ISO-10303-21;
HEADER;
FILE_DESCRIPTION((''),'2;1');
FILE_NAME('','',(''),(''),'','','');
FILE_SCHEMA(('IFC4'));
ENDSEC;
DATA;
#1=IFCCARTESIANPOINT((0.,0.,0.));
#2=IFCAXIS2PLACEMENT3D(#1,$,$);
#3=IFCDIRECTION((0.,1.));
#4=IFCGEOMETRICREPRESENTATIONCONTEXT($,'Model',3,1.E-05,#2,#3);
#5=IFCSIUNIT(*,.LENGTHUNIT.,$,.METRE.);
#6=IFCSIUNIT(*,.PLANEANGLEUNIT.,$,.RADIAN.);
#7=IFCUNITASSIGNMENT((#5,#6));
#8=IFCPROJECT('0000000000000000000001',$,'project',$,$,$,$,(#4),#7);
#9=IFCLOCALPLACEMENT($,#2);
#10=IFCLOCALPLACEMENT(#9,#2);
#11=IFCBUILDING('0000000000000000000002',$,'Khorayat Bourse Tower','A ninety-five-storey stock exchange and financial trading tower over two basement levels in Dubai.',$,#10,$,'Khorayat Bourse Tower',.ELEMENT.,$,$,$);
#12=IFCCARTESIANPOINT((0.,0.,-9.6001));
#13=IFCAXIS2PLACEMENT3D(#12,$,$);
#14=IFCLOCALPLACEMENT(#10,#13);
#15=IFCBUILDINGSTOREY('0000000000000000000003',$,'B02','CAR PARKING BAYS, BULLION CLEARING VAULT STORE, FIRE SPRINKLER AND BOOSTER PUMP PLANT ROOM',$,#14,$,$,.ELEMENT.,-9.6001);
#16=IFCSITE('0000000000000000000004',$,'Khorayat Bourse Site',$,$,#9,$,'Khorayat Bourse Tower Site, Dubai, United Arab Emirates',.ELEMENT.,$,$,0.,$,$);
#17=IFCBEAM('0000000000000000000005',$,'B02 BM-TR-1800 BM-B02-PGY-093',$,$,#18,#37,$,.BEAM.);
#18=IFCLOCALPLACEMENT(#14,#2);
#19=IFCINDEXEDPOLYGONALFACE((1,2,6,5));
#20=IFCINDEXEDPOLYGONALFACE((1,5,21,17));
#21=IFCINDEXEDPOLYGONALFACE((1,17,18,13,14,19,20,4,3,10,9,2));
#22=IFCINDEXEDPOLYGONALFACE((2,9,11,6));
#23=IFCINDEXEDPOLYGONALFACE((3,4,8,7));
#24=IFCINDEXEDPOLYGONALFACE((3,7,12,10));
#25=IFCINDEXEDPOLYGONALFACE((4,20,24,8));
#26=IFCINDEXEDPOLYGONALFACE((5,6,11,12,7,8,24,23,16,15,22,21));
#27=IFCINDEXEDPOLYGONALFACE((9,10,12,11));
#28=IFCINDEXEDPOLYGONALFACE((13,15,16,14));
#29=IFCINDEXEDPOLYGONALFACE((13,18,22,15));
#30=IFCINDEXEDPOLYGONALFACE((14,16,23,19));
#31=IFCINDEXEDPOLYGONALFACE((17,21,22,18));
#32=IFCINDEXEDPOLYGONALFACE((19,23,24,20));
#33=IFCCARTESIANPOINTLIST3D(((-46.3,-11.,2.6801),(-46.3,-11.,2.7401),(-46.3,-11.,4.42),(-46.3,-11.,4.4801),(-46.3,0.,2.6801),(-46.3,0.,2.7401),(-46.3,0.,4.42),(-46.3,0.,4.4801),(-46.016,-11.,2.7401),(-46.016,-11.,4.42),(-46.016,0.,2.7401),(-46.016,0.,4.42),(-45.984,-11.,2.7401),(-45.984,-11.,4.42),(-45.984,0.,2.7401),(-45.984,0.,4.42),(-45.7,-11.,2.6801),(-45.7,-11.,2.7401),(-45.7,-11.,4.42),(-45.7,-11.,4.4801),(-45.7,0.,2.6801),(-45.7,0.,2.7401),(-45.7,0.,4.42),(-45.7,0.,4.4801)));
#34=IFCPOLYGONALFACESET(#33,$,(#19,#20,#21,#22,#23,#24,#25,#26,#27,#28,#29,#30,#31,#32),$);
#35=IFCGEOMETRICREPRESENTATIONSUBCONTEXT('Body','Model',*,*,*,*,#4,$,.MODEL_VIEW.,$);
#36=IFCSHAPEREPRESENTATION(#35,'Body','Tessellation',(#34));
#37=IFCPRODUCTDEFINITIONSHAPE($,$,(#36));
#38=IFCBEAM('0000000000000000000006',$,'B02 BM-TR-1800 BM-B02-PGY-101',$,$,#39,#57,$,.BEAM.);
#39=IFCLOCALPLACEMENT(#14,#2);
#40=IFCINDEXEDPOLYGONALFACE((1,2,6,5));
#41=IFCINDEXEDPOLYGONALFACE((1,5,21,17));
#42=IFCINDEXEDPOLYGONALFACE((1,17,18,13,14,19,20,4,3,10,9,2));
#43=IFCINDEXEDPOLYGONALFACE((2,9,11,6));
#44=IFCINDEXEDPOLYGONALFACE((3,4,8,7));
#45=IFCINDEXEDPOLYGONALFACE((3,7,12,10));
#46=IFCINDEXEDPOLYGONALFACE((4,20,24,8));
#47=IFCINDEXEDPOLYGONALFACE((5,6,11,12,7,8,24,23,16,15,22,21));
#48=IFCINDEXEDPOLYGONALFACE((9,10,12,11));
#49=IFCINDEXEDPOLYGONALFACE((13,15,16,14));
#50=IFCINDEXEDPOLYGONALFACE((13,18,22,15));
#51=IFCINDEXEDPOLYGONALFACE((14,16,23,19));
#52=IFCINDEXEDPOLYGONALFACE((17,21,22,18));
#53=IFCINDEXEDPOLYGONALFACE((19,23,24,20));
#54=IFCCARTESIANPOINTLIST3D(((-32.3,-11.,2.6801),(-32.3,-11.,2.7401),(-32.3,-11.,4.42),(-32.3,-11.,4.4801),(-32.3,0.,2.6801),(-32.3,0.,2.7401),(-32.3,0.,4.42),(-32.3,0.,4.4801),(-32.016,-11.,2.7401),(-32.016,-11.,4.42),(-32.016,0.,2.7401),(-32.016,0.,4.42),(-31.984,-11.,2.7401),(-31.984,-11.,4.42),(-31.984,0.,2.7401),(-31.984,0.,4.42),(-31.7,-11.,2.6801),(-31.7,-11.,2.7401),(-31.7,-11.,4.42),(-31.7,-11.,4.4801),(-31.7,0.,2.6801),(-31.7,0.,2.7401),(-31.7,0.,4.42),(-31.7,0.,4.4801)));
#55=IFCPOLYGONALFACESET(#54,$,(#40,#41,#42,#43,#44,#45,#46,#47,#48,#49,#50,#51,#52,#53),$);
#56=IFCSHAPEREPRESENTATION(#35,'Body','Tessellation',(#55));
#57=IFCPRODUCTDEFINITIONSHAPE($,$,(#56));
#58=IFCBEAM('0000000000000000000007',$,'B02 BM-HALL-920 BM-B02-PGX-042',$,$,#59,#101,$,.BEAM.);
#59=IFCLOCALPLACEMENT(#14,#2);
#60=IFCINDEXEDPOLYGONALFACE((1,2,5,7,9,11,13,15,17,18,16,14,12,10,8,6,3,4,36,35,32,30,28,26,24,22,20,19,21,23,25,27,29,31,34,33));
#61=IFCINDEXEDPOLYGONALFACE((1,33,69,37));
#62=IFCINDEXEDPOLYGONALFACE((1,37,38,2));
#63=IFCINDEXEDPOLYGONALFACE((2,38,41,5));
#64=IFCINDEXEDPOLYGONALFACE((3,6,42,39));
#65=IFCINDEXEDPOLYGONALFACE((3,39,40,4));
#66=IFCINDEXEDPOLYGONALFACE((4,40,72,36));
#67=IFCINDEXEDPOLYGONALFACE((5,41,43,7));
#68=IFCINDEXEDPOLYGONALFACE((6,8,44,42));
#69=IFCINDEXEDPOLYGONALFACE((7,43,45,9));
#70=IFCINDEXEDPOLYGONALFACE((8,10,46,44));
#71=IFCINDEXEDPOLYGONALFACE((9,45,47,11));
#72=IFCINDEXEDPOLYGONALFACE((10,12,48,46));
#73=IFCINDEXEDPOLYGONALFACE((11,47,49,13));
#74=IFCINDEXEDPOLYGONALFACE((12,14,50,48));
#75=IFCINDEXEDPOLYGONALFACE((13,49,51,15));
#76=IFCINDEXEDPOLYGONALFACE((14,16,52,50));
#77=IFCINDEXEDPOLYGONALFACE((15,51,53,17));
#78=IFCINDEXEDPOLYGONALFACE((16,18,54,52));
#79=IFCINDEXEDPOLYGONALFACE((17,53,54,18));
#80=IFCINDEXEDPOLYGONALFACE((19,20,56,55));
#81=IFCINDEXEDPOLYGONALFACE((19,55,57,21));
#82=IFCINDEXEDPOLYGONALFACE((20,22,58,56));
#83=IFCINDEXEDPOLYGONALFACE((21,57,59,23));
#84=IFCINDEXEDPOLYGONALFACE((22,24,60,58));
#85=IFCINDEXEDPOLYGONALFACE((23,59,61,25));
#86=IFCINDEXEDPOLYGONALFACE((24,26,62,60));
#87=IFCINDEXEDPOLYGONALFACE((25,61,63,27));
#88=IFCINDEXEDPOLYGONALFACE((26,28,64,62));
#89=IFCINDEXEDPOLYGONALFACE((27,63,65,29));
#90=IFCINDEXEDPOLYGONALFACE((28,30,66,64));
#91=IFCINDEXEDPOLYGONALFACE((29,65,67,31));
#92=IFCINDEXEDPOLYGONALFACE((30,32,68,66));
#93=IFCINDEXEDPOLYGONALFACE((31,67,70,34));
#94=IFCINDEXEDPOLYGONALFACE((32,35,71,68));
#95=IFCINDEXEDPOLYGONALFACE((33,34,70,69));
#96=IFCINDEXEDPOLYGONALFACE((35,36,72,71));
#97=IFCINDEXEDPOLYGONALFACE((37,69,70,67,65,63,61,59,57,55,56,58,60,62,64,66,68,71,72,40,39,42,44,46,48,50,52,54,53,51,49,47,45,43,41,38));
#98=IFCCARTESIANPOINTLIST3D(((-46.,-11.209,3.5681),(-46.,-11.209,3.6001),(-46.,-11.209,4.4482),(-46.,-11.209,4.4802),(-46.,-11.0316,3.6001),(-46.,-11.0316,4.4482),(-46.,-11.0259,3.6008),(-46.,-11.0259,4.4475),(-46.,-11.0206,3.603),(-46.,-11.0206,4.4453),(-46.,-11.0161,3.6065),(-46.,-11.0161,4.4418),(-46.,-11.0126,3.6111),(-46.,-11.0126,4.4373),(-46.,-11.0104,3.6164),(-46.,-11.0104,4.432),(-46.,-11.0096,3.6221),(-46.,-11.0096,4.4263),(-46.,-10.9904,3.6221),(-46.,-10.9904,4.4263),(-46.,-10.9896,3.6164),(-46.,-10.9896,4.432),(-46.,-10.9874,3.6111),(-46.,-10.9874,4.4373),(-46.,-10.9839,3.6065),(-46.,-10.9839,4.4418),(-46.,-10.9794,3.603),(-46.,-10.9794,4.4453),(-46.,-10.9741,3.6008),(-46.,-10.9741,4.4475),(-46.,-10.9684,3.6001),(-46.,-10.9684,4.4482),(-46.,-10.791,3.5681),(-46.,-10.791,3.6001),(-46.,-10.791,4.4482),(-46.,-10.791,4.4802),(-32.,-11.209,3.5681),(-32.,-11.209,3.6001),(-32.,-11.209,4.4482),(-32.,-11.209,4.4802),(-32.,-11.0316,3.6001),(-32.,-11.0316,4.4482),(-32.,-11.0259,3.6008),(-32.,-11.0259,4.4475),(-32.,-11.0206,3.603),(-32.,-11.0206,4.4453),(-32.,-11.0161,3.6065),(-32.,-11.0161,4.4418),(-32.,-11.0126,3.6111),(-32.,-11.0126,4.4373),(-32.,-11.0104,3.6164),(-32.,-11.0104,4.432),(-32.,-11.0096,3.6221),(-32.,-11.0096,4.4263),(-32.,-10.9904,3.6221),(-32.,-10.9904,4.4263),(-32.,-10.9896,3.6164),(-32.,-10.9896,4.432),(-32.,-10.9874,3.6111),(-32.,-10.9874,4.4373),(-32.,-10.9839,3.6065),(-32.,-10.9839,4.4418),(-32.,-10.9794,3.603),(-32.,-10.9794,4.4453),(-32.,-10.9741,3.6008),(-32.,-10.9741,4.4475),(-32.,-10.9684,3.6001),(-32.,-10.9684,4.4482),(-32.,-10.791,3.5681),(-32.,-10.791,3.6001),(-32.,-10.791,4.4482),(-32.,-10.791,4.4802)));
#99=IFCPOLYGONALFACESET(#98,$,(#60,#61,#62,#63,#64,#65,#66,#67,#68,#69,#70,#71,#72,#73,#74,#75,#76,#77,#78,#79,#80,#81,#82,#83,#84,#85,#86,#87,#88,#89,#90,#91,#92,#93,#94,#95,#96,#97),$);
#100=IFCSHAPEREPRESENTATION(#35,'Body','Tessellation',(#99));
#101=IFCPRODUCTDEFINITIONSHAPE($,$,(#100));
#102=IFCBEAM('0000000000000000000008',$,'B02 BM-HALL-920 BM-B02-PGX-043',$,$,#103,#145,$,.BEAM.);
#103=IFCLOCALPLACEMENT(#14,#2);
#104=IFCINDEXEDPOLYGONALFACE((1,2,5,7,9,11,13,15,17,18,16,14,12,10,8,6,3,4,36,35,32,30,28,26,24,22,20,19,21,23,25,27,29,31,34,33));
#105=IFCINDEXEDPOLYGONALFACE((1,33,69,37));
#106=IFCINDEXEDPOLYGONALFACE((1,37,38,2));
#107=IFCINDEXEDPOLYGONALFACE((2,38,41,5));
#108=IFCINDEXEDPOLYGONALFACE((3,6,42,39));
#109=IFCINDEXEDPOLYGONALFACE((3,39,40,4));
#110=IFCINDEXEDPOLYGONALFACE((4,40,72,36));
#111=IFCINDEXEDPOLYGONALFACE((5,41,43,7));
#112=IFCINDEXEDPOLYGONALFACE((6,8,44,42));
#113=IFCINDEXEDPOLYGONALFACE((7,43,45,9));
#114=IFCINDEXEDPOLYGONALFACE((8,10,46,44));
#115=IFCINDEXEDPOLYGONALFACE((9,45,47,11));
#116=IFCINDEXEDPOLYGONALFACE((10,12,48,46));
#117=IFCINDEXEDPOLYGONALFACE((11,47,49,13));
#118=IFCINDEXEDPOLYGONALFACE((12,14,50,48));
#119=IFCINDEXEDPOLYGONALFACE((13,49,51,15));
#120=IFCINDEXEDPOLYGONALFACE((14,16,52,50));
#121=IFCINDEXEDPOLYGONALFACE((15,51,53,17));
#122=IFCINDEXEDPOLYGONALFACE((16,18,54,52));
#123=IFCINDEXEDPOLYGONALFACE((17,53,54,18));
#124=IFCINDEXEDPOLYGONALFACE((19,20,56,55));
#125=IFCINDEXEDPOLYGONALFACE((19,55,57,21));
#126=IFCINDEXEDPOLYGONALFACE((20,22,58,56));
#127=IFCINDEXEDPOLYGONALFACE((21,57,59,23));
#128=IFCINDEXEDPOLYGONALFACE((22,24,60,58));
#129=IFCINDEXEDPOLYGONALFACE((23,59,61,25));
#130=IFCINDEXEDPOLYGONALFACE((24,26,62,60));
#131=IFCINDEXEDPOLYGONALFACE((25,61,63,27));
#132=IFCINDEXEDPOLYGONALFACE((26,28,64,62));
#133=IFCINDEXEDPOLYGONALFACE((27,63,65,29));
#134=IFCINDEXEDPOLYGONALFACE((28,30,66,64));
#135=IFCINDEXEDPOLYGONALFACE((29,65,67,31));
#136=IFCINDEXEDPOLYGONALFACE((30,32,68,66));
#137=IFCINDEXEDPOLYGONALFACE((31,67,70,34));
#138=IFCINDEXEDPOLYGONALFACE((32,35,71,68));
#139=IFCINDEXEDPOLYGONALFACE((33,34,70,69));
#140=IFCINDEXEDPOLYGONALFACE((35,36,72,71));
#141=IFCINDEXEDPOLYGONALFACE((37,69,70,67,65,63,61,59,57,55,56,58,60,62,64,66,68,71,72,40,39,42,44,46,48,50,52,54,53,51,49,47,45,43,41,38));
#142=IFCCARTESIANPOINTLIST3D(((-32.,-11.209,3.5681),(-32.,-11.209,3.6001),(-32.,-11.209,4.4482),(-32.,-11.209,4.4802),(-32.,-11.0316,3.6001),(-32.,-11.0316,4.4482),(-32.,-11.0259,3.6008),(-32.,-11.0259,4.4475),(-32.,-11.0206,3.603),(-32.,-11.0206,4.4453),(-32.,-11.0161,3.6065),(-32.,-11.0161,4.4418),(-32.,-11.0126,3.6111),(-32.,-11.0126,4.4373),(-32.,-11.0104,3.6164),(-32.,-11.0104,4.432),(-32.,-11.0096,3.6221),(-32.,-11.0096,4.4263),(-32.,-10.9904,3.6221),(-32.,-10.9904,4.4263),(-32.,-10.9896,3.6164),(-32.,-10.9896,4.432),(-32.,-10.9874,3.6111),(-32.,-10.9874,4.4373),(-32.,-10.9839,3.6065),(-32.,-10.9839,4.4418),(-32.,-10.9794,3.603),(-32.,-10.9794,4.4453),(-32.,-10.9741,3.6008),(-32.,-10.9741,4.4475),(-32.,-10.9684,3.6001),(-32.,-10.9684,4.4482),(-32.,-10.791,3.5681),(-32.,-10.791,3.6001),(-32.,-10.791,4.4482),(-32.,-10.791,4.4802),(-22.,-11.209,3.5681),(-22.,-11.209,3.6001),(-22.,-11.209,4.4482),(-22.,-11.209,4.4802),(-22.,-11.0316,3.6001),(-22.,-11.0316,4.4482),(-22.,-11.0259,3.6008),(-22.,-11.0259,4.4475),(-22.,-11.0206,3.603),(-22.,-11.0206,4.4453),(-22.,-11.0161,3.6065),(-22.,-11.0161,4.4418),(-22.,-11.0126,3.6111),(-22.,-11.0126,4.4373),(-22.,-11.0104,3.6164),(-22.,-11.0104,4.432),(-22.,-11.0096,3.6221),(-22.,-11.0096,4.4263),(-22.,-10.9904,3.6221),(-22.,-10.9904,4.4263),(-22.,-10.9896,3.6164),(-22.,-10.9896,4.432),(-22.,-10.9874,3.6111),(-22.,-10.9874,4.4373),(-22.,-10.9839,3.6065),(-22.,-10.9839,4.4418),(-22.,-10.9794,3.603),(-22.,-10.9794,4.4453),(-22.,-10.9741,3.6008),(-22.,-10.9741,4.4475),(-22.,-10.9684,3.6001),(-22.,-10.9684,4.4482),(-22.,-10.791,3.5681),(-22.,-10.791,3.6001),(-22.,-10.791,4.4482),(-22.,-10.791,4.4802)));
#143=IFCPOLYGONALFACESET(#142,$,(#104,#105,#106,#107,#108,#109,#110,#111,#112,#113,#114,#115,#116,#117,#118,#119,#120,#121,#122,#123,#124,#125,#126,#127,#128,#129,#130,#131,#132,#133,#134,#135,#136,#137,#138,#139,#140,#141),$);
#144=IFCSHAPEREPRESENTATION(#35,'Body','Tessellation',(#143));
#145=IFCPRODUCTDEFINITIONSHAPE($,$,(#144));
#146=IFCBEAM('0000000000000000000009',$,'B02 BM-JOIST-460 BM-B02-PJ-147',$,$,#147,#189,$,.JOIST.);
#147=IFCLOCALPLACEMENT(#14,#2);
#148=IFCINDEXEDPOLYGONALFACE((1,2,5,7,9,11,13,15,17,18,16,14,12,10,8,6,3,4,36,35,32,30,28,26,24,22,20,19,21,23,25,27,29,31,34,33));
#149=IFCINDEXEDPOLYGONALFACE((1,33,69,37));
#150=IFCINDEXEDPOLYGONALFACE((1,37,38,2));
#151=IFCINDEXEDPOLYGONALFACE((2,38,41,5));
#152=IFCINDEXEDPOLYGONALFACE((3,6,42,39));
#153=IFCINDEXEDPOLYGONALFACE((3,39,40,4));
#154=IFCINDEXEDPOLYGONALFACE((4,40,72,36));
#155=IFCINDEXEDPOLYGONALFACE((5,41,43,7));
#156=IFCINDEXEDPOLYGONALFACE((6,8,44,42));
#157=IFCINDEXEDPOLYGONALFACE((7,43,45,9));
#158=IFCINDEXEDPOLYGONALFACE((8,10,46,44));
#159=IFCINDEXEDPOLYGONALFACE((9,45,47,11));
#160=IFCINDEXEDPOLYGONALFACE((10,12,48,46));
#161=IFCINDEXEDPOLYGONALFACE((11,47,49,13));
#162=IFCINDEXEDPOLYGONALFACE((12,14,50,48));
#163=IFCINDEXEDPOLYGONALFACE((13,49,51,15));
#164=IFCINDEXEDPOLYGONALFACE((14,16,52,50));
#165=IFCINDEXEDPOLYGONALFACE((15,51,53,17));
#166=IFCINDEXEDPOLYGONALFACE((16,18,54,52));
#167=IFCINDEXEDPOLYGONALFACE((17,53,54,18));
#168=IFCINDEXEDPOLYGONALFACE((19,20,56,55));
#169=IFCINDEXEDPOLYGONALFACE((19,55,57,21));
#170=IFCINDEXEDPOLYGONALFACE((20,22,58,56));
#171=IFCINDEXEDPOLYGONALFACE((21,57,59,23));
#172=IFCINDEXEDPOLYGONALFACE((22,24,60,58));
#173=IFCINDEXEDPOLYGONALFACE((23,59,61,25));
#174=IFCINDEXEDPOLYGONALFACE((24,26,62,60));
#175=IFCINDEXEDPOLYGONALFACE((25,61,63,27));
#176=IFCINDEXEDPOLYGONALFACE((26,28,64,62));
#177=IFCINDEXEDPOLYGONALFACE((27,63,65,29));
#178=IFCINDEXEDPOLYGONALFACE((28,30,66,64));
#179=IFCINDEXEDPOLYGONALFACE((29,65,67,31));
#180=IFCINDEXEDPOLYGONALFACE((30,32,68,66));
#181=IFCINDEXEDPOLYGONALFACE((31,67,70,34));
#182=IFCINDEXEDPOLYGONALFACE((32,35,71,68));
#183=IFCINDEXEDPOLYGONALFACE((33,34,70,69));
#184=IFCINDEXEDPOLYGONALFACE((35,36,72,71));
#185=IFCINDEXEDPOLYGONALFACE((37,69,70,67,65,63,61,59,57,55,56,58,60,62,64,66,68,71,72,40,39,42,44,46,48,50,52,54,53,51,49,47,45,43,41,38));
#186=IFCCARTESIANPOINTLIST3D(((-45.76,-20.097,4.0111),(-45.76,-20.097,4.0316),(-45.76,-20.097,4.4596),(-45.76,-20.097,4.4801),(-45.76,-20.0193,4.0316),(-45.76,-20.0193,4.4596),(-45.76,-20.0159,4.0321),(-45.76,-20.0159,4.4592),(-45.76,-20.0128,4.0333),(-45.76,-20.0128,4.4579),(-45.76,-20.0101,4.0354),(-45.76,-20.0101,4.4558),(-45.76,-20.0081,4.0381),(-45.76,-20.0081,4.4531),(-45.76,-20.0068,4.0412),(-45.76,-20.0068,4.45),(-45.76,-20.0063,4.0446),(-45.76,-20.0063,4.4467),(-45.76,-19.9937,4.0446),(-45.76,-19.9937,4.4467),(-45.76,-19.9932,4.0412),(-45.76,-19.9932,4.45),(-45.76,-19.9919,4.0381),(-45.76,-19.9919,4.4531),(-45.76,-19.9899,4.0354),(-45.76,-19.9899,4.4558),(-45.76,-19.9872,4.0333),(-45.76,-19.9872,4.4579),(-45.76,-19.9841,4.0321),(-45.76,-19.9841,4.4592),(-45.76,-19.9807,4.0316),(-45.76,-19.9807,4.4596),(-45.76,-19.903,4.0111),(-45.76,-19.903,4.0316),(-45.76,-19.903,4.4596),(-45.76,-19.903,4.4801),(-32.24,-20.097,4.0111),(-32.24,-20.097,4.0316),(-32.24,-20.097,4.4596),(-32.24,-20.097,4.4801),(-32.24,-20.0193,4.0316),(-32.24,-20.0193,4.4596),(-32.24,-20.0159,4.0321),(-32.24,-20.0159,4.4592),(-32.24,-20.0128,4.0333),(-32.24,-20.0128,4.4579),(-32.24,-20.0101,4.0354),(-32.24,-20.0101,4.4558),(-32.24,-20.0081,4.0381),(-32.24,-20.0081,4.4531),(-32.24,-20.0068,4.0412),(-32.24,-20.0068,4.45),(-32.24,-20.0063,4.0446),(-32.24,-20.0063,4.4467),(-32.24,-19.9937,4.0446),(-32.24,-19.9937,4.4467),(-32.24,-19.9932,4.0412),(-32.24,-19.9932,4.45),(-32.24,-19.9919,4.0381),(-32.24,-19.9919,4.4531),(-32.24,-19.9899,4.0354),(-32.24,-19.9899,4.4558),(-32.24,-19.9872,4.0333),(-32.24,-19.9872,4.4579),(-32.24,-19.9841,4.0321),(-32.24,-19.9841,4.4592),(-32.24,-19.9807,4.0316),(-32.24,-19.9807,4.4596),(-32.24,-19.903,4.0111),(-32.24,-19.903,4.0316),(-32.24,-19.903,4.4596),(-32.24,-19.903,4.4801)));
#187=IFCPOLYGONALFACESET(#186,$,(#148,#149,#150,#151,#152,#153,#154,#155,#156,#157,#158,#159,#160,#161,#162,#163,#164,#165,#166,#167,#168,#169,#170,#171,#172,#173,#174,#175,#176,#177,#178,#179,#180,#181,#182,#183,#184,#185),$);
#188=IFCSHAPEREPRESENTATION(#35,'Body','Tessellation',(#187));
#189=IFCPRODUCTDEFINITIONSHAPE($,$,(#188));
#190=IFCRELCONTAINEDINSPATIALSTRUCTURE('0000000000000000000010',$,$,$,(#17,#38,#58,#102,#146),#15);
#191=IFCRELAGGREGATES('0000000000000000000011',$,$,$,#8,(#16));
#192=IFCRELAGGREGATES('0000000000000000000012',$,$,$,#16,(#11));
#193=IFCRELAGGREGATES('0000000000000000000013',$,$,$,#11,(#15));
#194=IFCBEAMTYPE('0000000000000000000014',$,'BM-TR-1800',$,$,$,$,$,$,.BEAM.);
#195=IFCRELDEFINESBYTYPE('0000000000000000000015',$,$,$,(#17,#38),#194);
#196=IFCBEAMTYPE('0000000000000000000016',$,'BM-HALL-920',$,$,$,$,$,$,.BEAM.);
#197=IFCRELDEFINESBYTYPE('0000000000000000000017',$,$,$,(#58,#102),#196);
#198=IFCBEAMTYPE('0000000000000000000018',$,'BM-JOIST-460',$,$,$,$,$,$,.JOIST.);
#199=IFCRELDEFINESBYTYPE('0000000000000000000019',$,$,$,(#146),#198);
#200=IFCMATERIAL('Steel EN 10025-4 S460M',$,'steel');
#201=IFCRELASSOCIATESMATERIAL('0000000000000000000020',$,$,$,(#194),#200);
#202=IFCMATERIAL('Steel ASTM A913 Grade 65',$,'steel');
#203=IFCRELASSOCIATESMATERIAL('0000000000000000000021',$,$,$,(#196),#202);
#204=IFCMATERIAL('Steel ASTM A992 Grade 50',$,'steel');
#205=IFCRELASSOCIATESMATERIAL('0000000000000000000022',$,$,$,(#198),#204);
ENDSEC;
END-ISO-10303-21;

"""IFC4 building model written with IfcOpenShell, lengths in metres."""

from ifc_helpers import new_model, si_unit, direction, frame, origin, origin_2d, place, context, subcontext, project, spatial, i_section, extrude, source, transform, mapped, material, material_profile, profile_set, type_object, element, save


model = new_model("IFC4")

# Units and contexts
model_context = context("Model", 3, precision=1e-05, world=origin(), true_north=direction((0.0, 1.0)))
body_context = subcontext(model_context, "Body", "Model", "MODEL_VIEW")
ifc_project = project(units=[si_unit("LENGTHUNIT", "METRE"), si_unit("PLANEANGLEUNIT", "RADIAN")], contexts=[model_context])

# Site, building, storey
site_placement = place(None, origin())
site = spatial("IfcSite", under=ifc_project, at=site_placement, Name="Khorayat Bourse Site", LongName="Khorayat Bourse Tower Site, Dubai, United Arab Emirates", CompositionType="ELEMENT", RefElevation=0.0)
building_placement = place(site_placement, origin())
building = spatial("IfcBuilding", under=site, at=building_placement, Name="Khorayat Bourse Tower", Description="A ninety-five-storey stock exchange and financial trading tower over two basement levels in Dubai.", LongName="Khorayat Bourse Tower", CompositionType="ELEMENT")
storey_placement = place(building_placement, frame((0.0, 0.0, -9.6001)))
storey = spatial("IfcBuildingStorey", under=building, at=storey_placement, Name="B02", Description="CAR PARKING BAYS, BULLION CLEARING VAULT STORE, FIRE SPRINKLER AND BOOSTER PUMP PLANT ROOM", CompositionType="ELEMENT", Elevation=-9.6001)

# Beams
ifc_material_1 = material(Name="Steel EN 10025-4 S460M", Category="steel")
ifc_material_profile_1 = material_profile(ifc_material_1, i_section(OverallWidth=0.6001, OverallDepth=1.8, WebThickness=0.032, FlangeThickness=0.0601, at=origin_2d()), Name="PG 1800x600x32x60")
ifc_profile_set_1 = profile_set([ifc_material_profile_1], Name="Steel EN 10025-4 S460M")
beam_type_1 = type_object("IfcBeamType", Name="BM-TR-1800", PredefinedType="BEAM", material=ifc_profile_set_1)
shared_shape_1 = source(origin(), body_context, "Body", "SweptSolid", [
    extrude(i_section(OverallWidth=0.6001, OverallDepth=1.8, WebThickness=0.032, FlangeThickness=0.0601, at=origin_2d()), origin(), (0.0, 0.0, 1.0), 11.0),
])
for number, where, z_axis, x_axis, name in (
    (1, (-46.0, -11.0, 3.5801), (0.0, 1.0, 0.0), (-1.0, 0.0, 0.0), "B02 BM-TR-1800 BM-B02-PGY-093"),
    (2, (-32.0, -11.0, 3.5801), (0.0, 1.0, 0.0), (-1.0, 0.0, 0.0), "B02 BM-TR-1800 BM-B02-PGY-101"),
):
    element("IfcBeam", number, at=place(storey_placement, frame(where, z_axis=z_axis, x_axis=x_axis)), inside=storey, type_object=beam_type_1, Name=name, PredefinedType="BEAM", context=body_context, shape_type="MappedRepresentation", body=[
        mapped(shared_shape_1, transform((0.0, 0.0, 0.0), scale=1.0)),
    ])
ifc_material_2 = material(Name="Steel ASTM A913 Grade 65", Category="steel")
ifc_material_profile_2 = material_profile(ifc_material_2, i_section(OverallWidth=0.418, OverallDepth=0.9121, WebThickness=0.0193, FlangeThickness=0.032, FilletRadius=0.022, at=origin_2d()), Name="W920X342")
ifc_profile_set_2 = profile_set([ifc_material_profile_2], Name="Steel ASTM A913 Grade 65")
beam_type_2 = type_object("IfcBeamType", Name="BM-HALL-920", PredefinedType="BEAM", material=ifc_profile_set_2)
shared_shape_2 = source(origin(), body_context, "Body", "SweptSolid", [
    extrude(i_section(OverallWidth=0.418, OverallDepth=0.9121, WebThickness=0.0193, FlangeThickness=0.032, FilletRadius=0.022, at=origin_2d()), origin(), (0.0, 0.0, 1.0), 14.0),
])
beam_1_placement = place(storey_placement, frame((-46.0, -11.0, 4.0242), z_axis=(1.0, 0.0, 0.0), x_axis=(0.0, 1.0, 0.0)))
element("IfcBeam", 3, at=beam_1_placement, inside=storey, type_object=beam_type_2, Name="B02 BM-HALL-920 BM-B02-PGX-042", PredefinedType="BEAM", context=body_context, shape_type="MappedRepresentation", body=[
    mapped(shared_shape_2, transform((0.0, 0.0, 0.0), scale=1.0)),
])
shared_shape_3 = source(origin(), body_context, "Body", "SweptSolid", [
    extrude(i_section(OverallWidth=0.418, OverallDepth=0.9121, WebThickness=0.0193, FlangeThickness=0.032, FilletRadius=0.022, at=origin_2d()), origin(), (0.0, 0.0, 1.0), 10.0),
])
beam_2_placement = place(storey_placement, frame((-32.0, -11.0, 4.0242), z_axis=(1.0, 0.0, 0.0), x_axis=(0.0, 1.0, 0.0)))
element("IfcBeam", 4, at=beam_2_placement, inside=storey, type_object=beam_type_2, Name="B02 BM-HALL-920 BM-B02-PGX-043", PredefinedType="BEAM", context=body_context, shape_type="MappedRepresentation", body=[
    mapped(shared_shape_3, transform((0.0, 0.0, 0.0), scale=1.0)),
])
ifc_material_3 = material(Name="Steel ASTM A992 Grade 50", Category="steel")
ifc_material_profile_3 = material_profile(ifc_material_3, i_section(OverallWidth=0.1941, OverallDepth=0.469, WebThickness=0.0127, FlangeThickness=0.0205, FilletRadius=0.0129, at=origin_2d()), Name="W460X106")
ifc_profile_set_3 = profile_set([ifc_material_profile_3], Name="Steel ASTM A992 Grade 50")
beam_type_3 = type_object("IfcBeamType", Name="BM-JOIST-460", PredefinedType="JOIST", material=ifc_profile_set_3)
shared_shape_4 = source(origin(), body_context, "Body", "SweptSolid", [
    extrude(i_section(OverallWidth=0.1941, OverallDepth=0.469, WebThickness=0.0127, FlangeThickness=0.0205, FilletRadius=0.0129, at=origin_2d()), origin(), (0.0, 0.0, 1.0), 13.52),
])
for number, where, z_axis, x_axis, name in (
    (5, (-45.76, -20.0, 4.2456), (1.0, 0.0, 0.0), (0.0, 1.0, 0.0), "B02 BM-JOIST-460 BM-B02-PJ-147"),
):
    element("IfcBeam", number, at=place(storey_placement, frame(where, z_axis=z_axis, x_axis=x_axis)), inside=storey, type_object=beam_type_3, Name=name, PredefinedType="JOIST", context=body_context, shape_type="MappedRepresentation", body=[
        mapped(shared_shape_4, transform((0.0, 0.0, 0.0), scale=1.0)),
    ])

save(model, "model.ifc")
